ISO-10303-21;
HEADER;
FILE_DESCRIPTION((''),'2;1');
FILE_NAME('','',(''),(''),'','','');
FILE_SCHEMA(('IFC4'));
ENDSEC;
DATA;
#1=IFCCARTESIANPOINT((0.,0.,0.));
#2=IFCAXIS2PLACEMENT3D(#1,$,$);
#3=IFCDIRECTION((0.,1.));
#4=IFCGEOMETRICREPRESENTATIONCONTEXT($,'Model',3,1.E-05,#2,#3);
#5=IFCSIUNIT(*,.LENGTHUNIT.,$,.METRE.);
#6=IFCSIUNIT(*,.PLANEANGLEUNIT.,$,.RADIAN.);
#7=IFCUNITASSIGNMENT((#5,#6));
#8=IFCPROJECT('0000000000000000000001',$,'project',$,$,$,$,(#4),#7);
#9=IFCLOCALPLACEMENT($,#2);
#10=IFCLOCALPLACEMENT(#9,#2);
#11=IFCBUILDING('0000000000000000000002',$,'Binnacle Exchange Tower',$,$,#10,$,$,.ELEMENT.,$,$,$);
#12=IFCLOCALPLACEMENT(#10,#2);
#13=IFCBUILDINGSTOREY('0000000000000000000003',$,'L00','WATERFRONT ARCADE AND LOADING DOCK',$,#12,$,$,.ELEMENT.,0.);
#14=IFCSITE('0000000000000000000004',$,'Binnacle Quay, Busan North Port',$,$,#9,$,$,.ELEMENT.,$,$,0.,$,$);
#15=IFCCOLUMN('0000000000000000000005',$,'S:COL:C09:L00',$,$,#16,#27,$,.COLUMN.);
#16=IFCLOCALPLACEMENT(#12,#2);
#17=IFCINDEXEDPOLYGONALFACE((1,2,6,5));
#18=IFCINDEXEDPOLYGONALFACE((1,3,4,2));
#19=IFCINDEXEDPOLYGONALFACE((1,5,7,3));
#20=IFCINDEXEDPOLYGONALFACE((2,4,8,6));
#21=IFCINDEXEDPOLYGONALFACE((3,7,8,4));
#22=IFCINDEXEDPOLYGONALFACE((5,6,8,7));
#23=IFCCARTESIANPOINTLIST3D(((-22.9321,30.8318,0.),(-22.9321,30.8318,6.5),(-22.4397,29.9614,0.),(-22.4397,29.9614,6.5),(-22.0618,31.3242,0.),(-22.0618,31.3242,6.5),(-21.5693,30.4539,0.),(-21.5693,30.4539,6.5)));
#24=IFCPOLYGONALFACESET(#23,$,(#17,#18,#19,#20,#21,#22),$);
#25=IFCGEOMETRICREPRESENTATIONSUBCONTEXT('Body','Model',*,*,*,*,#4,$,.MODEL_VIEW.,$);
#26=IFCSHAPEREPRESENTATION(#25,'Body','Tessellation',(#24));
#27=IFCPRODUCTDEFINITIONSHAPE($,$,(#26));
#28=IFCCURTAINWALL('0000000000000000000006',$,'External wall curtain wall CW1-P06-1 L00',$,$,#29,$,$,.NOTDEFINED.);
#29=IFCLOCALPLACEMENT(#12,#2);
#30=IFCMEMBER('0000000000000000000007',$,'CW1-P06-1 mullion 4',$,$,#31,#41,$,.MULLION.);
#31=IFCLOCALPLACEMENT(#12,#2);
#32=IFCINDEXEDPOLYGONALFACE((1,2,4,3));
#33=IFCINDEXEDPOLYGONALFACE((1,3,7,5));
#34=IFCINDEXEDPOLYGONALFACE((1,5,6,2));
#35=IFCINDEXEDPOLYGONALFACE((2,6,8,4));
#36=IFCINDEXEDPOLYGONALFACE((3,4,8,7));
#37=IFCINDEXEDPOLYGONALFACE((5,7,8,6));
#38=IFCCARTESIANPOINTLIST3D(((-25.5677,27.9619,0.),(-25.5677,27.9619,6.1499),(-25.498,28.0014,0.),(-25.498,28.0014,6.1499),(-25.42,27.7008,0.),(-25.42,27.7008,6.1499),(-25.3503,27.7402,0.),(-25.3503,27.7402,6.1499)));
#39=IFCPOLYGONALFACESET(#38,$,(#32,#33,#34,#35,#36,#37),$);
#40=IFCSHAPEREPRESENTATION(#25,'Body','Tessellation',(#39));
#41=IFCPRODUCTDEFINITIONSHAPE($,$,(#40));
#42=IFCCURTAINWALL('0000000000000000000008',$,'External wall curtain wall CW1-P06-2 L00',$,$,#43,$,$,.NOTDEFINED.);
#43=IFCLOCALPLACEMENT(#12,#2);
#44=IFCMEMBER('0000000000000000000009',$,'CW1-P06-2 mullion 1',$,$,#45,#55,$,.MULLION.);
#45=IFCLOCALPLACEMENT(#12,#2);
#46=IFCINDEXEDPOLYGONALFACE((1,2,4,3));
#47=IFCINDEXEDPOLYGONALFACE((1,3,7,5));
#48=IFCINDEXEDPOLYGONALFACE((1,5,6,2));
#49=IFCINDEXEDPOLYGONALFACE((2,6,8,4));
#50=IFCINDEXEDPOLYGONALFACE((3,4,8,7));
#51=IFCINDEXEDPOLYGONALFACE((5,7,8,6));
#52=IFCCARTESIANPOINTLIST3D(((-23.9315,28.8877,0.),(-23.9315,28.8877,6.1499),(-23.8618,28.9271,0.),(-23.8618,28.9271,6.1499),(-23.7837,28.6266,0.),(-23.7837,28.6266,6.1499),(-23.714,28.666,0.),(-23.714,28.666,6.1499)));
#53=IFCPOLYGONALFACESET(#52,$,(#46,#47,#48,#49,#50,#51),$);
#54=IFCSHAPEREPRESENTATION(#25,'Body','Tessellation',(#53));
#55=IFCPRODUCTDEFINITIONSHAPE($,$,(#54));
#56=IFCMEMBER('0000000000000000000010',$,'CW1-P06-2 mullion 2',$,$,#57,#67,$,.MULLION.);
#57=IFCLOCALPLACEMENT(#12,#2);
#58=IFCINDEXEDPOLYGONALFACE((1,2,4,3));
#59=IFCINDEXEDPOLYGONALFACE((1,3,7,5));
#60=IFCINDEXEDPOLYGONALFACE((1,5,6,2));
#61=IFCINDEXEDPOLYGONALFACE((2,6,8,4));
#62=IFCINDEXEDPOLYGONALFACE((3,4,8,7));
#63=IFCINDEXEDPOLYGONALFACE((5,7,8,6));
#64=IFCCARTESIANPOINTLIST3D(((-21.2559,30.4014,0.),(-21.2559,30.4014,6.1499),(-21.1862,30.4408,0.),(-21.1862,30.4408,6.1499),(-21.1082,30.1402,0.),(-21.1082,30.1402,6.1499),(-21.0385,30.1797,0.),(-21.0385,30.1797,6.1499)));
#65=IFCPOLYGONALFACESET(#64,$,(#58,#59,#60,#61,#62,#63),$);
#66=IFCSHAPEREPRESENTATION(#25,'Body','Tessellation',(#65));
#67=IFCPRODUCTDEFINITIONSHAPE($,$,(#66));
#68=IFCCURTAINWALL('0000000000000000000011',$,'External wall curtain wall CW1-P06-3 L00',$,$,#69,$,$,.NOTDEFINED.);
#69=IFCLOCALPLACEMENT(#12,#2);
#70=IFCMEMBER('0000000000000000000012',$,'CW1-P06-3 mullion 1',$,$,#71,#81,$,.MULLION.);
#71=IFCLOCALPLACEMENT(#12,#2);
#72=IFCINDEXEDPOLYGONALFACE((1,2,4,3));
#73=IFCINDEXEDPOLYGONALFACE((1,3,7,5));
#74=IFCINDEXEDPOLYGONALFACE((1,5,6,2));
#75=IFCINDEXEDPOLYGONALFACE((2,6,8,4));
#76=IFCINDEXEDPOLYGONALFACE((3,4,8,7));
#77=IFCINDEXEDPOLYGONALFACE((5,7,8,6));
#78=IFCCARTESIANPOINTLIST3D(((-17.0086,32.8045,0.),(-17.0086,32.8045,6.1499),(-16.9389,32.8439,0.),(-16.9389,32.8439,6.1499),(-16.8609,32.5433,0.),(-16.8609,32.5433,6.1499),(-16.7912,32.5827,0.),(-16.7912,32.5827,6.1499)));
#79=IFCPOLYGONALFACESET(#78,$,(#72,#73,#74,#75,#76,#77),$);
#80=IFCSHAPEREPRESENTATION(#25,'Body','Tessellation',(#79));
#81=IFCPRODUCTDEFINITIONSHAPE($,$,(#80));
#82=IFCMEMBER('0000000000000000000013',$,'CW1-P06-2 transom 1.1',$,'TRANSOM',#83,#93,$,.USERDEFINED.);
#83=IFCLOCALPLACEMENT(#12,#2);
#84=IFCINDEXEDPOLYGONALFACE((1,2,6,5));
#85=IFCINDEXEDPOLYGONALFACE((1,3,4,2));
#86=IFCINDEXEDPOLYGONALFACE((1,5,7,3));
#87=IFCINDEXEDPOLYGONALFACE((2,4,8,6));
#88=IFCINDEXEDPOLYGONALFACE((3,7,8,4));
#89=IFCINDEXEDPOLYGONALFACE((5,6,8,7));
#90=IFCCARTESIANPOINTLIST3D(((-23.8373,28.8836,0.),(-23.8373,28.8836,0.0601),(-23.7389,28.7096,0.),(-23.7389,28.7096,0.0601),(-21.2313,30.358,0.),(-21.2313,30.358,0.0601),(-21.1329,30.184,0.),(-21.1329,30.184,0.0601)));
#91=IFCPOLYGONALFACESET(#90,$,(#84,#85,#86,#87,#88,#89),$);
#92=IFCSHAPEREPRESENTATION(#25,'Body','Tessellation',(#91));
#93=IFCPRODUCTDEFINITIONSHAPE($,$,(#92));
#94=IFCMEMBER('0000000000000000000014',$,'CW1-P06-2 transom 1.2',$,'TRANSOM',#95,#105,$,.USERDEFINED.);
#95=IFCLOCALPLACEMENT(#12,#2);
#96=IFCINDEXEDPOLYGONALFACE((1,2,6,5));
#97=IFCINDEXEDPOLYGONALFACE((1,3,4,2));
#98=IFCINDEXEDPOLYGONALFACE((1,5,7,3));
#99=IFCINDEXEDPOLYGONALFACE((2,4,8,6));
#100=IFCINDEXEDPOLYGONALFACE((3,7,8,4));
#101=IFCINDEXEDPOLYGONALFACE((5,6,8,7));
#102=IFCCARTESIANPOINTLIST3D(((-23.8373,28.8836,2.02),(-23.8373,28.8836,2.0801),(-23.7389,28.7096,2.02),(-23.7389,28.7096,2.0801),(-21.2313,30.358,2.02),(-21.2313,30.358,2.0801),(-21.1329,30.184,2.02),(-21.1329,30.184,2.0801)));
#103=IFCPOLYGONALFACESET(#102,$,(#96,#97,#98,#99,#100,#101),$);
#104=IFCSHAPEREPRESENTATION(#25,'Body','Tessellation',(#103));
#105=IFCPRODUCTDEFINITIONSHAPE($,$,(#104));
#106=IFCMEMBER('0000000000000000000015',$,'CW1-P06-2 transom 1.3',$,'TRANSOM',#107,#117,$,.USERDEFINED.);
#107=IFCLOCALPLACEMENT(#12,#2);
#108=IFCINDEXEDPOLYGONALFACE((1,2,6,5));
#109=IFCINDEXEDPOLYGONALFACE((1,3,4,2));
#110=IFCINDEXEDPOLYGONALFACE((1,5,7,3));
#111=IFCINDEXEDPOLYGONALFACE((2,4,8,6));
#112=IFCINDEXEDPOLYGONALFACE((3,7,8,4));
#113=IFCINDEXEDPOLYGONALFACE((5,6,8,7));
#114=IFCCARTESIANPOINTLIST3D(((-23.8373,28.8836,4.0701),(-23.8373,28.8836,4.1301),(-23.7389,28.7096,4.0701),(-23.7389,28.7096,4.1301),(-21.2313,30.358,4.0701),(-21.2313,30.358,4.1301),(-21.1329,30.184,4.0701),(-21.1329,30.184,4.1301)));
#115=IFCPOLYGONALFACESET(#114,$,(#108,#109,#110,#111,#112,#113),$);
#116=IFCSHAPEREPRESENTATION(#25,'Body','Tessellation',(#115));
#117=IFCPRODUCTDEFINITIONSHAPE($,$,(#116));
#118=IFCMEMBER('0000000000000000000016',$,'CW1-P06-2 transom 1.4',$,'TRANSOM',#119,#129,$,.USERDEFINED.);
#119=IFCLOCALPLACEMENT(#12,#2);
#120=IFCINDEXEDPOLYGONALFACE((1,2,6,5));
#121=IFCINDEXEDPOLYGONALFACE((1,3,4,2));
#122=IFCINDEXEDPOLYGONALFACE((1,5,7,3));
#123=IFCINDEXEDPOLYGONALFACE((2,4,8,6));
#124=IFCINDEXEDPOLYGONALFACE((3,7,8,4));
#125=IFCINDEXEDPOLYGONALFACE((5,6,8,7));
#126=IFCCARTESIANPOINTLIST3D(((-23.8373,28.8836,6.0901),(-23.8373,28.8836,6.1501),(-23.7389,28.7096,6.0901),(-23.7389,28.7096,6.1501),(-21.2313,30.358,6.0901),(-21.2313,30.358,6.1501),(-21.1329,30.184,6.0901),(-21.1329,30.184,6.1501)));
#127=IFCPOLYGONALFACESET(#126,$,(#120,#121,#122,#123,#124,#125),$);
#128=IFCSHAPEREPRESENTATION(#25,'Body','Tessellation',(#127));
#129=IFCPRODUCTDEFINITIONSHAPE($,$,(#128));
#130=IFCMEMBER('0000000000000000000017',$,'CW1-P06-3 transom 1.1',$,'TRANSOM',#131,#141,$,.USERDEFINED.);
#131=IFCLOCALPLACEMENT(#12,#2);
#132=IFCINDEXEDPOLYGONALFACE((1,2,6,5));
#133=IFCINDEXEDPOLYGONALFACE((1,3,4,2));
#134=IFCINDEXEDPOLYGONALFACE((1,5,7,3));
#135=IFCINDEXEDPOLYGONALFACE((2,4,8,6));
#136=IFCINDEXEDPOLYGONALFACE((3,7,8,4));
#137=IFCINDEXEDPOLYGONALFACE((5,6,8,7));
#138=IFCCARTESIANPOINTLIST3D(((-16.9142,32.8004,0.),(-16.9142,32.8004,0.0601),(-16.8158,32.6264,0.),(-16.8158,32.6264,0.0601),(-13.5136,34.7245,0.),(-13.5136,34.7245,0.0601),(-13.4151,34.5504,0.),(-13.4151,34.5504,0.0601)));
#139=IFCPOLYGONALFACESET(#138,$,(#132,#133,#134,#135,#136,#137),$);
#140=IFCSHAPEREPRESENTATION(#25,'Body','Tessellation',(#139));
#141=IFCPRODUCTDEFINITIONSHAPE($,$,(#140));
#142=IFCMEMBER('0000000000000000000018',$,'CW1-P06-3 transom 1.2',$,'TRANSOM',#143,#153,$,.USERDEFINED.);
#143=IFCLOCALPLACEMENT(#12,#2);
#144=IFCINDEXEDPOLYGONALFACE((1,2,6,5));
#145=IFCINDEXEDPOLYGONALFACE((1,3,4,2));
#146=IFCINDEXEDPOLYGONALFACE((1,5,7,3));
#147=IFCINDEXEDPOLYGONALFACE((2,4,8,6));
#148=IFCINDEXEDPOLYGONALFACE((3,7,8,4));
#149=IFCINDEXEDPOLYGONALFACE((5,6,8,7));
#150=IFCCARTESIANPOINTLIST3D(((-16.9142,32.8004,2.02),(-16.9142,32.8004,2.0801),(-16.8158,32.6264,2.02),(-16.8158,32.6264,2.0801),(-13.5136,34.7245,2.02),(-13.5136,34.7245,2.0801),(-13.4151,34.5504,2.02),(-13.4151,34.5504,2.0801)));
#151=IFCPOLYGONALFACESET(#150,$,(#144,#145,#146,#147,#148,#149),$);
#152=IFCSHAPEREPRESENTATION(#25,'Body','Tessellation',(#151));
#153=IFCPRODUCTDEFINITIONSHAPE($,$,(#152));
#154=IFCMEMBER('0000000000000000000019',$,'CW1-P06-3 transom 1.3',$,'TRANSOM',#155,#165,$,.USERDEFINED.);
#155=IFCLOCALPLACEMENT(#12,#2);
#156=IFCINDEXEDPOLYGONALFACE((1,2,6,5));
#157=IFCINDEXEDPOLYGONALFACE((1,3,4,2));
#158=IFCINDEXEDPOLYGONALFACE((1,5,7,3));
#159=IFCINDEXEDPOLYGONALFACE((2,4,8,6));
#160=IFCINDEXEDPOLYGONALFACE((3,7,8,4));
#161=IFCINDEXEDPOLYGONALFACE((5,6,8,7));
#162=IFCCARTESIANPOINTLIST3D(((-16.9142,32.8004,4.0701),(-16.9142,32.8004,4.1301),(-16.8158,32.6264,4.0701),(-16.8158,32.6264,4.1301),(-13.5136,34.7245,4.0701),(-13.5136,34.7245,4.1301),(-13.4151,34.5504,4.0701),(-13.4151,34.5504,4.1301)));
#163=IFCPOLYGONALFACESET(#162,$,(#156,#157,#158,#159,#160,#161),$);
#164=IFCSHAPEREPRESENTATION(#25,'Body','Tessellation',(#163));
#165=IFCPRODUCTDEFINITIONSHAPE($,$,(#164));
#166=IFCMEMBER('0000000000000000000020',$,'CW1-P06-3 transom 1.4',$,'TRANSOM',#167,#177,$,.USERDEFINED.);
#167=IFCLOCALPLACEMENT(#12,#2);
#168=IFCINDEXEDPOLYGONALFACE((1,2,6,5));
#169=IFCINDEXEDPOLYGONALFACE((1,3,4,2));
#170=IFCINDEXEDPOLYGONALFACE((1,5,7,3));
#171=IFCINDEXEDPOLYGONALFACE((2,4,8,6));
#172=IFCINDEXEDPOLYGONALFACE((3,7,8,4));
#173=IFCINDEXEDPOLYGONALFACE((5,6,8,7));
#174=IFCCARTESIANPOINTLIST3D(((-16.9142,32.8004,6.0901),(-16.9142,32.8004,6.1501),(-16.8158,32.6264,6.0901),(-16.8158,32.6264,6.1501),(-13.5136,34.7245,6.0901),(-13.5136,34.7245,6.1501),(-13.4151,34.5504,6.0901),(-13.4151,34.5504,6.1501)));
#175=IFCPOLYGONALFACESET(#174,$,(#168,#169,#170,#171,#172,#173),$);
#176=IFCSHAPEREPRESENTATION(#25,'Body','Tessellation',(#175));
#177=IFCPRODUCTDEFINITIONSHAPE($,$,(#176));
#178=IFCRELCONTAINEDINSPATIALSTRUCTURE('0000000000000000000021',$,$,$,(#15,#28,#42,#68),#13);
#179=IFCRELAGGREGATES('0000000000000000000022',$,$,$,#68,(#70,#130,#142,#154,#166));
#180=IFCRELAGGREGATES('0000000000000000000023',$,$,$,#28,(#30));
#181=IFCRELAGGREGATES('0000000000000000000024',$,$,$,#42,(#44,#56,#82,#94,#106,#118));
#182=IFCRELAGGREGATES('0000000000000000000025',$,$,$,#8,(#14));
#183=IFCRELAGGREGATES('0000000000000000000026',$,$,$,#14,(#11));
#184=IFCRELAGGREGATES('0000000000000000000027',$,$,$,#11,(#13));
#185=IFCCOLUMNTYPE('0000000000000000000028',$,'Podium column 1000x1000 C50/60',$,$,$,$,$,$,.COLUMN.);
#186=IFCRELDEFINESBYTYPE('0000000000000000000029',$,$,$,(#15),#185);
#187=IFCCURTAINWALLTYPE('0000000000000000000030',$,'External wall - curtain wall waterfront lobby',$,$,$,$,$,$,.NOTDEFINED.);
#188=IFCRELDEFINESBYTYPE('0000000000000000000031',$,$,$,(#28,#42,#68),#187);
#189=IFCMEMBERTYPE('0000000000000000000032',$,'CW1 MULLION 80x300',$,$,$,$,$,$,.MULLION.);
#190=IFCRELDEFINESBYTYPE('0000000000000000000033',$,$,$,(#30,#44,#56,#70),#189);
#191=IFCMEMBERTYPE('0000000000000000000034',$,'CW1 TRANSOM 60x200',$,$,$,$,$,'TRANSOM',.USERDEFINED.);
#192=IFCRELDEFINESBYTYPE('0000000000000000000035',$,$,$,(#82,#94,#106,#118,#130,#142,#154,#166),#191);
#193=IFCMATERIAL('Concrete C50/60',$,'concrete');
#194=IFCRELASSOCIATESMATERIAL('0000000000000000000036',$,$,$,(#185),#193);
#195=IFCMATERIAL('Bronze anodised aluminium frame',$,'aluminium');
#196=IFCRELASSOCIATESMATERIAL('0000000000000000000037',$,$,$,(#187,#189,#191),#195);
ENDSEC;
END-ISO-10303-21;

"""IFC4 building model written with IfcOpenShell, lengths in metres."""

from ifc_helpers import new_model, si_unit, direction, frame, origin, origin_2d, place, context, subcontext, project, spatial, rectangle, extrude, material, material_profile, profile_set, type_object, element, aggregate, save


model = new_model("IFC4")

# Units and contexts
model_context = context("Model", 3, precision=1e-05, world=origin(), true_north=direction((0.0, 1.0)))
body_context = subcontext(model_context, "Body", "Model", "MODEL_VIEW")
ifc_project = project(units=[si_unit("LENGTHUNIT", "METRE"), si_unit("PLANEANGLEUNIT", "RADIAN")], contexts=[model_context])

# Site, building, storey
site_placement = place(None, origin())
site = spatial("IfcSite", under=ifc_project, at=site_placement, Name="Binnacle Quay, Busan North Port", CompositionType="ELEMENT", RefElevation=0.0)
building_placement = place(site_placement, origin())
building = spatial("IfcBuilding", under=site, at=building_placement, Name="Binnacle Exchange Tower", CompositionType="ELEMENT")
storey_placement = place(building_placement, origin())
storey = spatial("IfcBuildingStorey", under=building, at=storey_placement, Name="L00", Description="WATERFRONT ARCADE AND LOADING DOCK", CompositionType="ELEMENT", Elevation=0.0)

# Column
ifc_material_1 = material(Name="Concrete C50/60", Category="concrete")
ifc_material_profile_1 = material_profile(ifc_material_1, rectangle(XDim=1.0, YDim=1.0, at=origin_2d()), Name="Podium column 1000x1000 C50/60")
ifc_profile_set_1 = profile_set([ifc_material_profile_1], Name="Concrete C50/60")
column_type = type_object("IfcColumnType", Name="Podium column 1000x1000 C50/60", PredefinedType="COLUMN", material=ifc_profile_set_1)
column_placement = place(storey_placement, frame((-22.2507, 30.6428, 0.0), z_axis=(0.0, 0.0, 1.0), x_axis=(0.870356, 0.492424, 0.0)))
element("IfcColumn", 1, at=column_placement, inside=storey, type_object=column_type, Name="S:COL:C09:L00", PredefinedType="COLUMN", context=body_context, shape_type="SweptSolid", body=[
    extrude(rectangle(XDim=1.0, YDim=1.0, at=origin_2d()), origin(), (0.0, 0.0, 1.0), 6.5),
])

# Curtain wall, member
ifc_material_2 = material(Name="Bronze anodised aluminium frame", Category="aluminium")
curtain_wall_type = type_object("IfcCurtainWallType", Name="External wall - curtain wall waterfront lobby", PredefinedType="NOTDEFINED", material=ifc_material_2)
curtain_wall_1_placement = place(storey_placement, origin())
curtain_wall_1 = element("IfcCurtainWall", 2, at=curtain_wall_1_placement, inside=storey, type_object=curtain_wall_type, Name="External wall curtain wall CW1-P06-1 L00", PredefinedType="NOTDEFINED")
ifc_material_profile_2 = material_profile(ifc_material_2, rectangle(XDim=0.3, YDim=0.0801, at=origin_2d()), Name="AL 80x300")
ifc_profile_set_2 = profile_set([ifc_material_profile_2], Name="Bronze anodised aluminium frame")
member_type_1 = type_object("IfcMemberType", Name="CW1 MULLION 80x300", PredefinedType="MULLION", material=ifc_profile_set_2)
member_1_placement = place(storey_placement, frame((-25.459, 27.8511, 0.0), z_axis=(0.0, 0.0, 1.0), x_axis=(-0.492424, 0.870356, 0.0)))
member_1 = element("IfcMember", 3, at=member_1_placement, type_object=member_type_1, Name="CW1-P06-1 mullion 4", PredefinedType="MULLION", context=body_context, shape_type="SweptSolid", body=[
    extrude(rectangle(XDim=0.3, YDim=0.0801, at=origin_2d()), origin(), (0.0, 0.0, 1.0), 6.1499),
])

# Curtain wall, members
curtain_wall_2_placement = place(storey_placement, origin())
curtain_wall_2 = element("IfcCurtainWall", 4, at=curtain_wall_2_placement, inside=storey, type_object=curtain_wall_type, Name="External wall curtain wall CW1-P06-2 L00", PredefinedType="NOTDEFINED")
member_2_placement = place(storey_placement, frame((-23.8228, 28.7769, 0.0), z_axis=(0.0, 0.0, 1.0), x_axis=(-0.492424, 0.870356, 0.0)))
member_2 = element("IfcMember", 5, at=member_2_placement, type_object=member_type_1, Name="CW1-P06-2 mullion 1", PredefinedType="MULLION", context=body_context, shape_type="SweptSolid", body=[
    extrude(rectangle(XDim=0.3, YDim=0.0801, at=origin_2d()), origin(), (0.0, 0.0, 1.0), 6.1499),
])
member_3_placement = place(storey_placement, frame((-21.1472, 30.2905, 0.0), z_axis=(0.0, 0.0, 1.0), x_axis=(-0.492424, 0.870356, 0.0)))
member_3 = element("IfcMember", 6, at=member_3_placement, type_object=member_type_1, Name="CW1-P06-2 mullion 2", PredefinedType="MULLION", context=body_context, shape_type="SweptSolid", body=[
    extrude(rectangle(XDim=0.3, YDim=0.0801, at=origin_2d()), origin(), (0.0, 0.0, 1.0), 6.1499),
])

# Curtain wall, member
curtain_wall_3_placement = place(storey_placement, origin())
curtain_wall_3 = element("IfcCurtainWall", 7, at=curtain_wall_3_placement, inside=storey, type_object=curtain_wall_type, Name="External wall curtain wall CW1-P06-3 L00", PredefinedType="NOTDEFINED")
member_4_placement = place(storey_placement, frame((-16.8999, 32.6936, 0.0), z_axis=(0.0, 0.0, 1.0), x_axis=(-0.492424, 0.870356, 0.0)))
member_4 = element("IfcMember", 8, at=member_4_placement, type_object=member_type_1, Name="CW1-P06-3 mullion 1", PredefinedType="MULLION", context=body_context, shape_type="SweptSolid", body=[
    extrude(rectangle(XDim=0.3, YDim=0.0801, at=origin_2d()), origin(), (0.0, 0.0, 1.0), 6.1499),
])

# Members
ifc_material_profile_3 = material_profile(ifc_material_2, rectangle(XDim=0.2, YDim=0.0601, at=origin_2d()), Name="AL 200x60")
ifc_profile_set_3 = profile_set([ifc_material_profile_3], Name="Bronze anodised aluminium frame")
member_type_2 = type_object("IfcMemberType", Name="CW1 TRANSOM 60x200", ElementType="TRANSOM", PredefinedType="USERDEFINED", material=ifc_profile_set_3)
member_5_placement = place(storey_placement, frame((-23.7881, 28.7966, 0.03), z_axis=(0.870358, 0.49242, 0.0), x_axis=(-0.49242, 0.870358, 0.0)))
member_5 = element("IfcMember", 9, at=member_5_placement, type_object=member_type_2, Name="CW1-P06-2 transom 1.1", ObjectType="TRANSOM", PredefinedType="USERDEFINED", context=body_context, shape_type="SweptSolid", body=[
    extrude(rectangle(XDim=0.2, YDim=0.0601, at=origin_2d()), origin(), (0.0, 0.0, 1.0), 2.9941),
])
member_6_placement = place(storey_placement, frame((-23.7881, 28.7966, 2.05), z_axis=(0.870358, 0.49242, 0.0), x_axis=(-0.49242, 0.870358, 0.0)))
member_6 = element("IfcMember", 10, at=member_6_placement, type_object=member_type_2, Name="CW1-P06-2 transom 1.2", ObjectType="TRANSOM", PredefinedType="USERDEFINED", context=body_context, shape_type="SweptSolid", body=[
    extrude(rectangle(XDim=0.2, YDim=0.0601, at=origin_2d()), origin(), (0.0, 0.0, 1.0), 2.9941),
])
member_7_placement = place(storey_placement, frame((-23.7881, 28.7966, 4.1001), z_axis=(0.870358, 0.49242, 0.0), x_axis=(-0.49242, 0.870358, 0.0)))
member_7 = element("IfcMember", 11, at=member_7_placement, type_object=member_type_2, Name="CW1-P06-2 transom 1.3", ObjectType="TRANSOM", PredefinedType="USERDEFINED", context=body_context, shape_type="SweptSolid", body=[
    extrude(rectangle(XDim=0.2, YDim=0.0601, at=origin_2d()), origin(), (0.0, 0.0, 1.0), 2.9941),
])
member_8_placement = place(storey_placement, frame((-23.7881, 28.7966, 6.1201), z_axis=(0.870358, 0.49242, 0.0), x_axis=(-0.49242, 0.870358, 0.0)))
member_8 = element("IfcMember", 12, at=member_8_placement, type_object=member_type_2, Name="CW1-P06-2 transom 1.4", ObjectType="TRANSOM", PredefinedType="USERDEFINED", context=body_context, shape_type="SweptSolid", body=[
    extrude(rectangle(XDim=0.2, YDim=0.0601, at=origin_2d()), origin(), (0.0, 0.0, 1.0), 2.9941),
])
member_9_placement = place(storey_placement, frame((-16.865, 32.7134, 0.03), z_axis=(0.870346, 0.49244, 0.0), x_axis=(-0.49244, 0.870346, 0.0)))
member_9 = element("IfcMember", 13, at=member_9_placement, type_object=member_type_2, Name="CW1-P06-3 transom 1.1", ObjectType="TRANSOM", PredefinedType="USERDEFINED", context=body_context, shape_type="SweptSolid", body=[
    extrude(rectangle(XDim=0.2, YDim=0.0601, at=origin_2d()), origin(), (0.0, 0.0, 1.0), 3.9072),
])
member_10_placement = place(storey_placement, frame((-16.865, 32.7134, 2.05), z_axis=(0.870346, 0.49244, 0.0), x_axis=(-0.49244, 0.870346, 0.0)))
member_10 = element("IfcMember", 14, at=member_10_placement, type_object=member_type_2, Name="CW1-P06-3 transom 1.2", ObjectType="TRANSOM", PredefinedType="USERDEFINED", context=body_context, shape_type="SweptSolid", body=[
    extrude(rectangle(XDim=0.2, YDim=0.0601, at=origin_2d()), origin(), (0.0, 0.0, 1.0), 3.9072),
])
member_11_placement = place(storey_placement, frame((-16.865, 32.7134, 4.1001), z_axis=(0.870346, 0.49244, 0.0), x_axis=(-0.49244, 0.870346, 0.0)))
member_11 = element("IfcMember", 15, at=member_11_placement, type_object=member_type_2, Name="CW1-P06-3 transom 1.3", ObjectType="TRANSOM", PredefinedType="USERDEFINED", context=body_context, shape_type="SweptSolid", body=[
    extrude(rectangle(XDim=0.2, YDim=0.0601, at=origin_2d()), origin(), (0.0, 0.0, 1.0), 3.9072),
])
member_12_placement = place(storey_placement, frame((-16.865, 32.7134, 6.1201), z_axis=(0.870346, 0.49244, 0.0), x_axis=(-0.49244, 0.870346, 0.0)))
member_12 = element("IfcMember", 16, at=member_12_placement, type_object=member_type_2, Name="CW1-P06-3 transom 1.4", ObjectType="TRANSOM", PredefinedType="USERDEFINED", context=body_context, shape_type="SweptSolid", body=[
    extrude(rectangle(XDim=0.2, YDim=0.0601, at=origin_2d()), origin(), (0.0, 0.0, 1.0), 3.9072),
])
aggregate(curtain_wall_3, [member_4, member_9, member_10, member_11, member_12])

aggregate(curtain_wall_1, [member_1])
aggregate(curtain_wall_2, [member_2, member_3, member_5, member_6, member_7, member_8])

save(model, "model.ifc")
